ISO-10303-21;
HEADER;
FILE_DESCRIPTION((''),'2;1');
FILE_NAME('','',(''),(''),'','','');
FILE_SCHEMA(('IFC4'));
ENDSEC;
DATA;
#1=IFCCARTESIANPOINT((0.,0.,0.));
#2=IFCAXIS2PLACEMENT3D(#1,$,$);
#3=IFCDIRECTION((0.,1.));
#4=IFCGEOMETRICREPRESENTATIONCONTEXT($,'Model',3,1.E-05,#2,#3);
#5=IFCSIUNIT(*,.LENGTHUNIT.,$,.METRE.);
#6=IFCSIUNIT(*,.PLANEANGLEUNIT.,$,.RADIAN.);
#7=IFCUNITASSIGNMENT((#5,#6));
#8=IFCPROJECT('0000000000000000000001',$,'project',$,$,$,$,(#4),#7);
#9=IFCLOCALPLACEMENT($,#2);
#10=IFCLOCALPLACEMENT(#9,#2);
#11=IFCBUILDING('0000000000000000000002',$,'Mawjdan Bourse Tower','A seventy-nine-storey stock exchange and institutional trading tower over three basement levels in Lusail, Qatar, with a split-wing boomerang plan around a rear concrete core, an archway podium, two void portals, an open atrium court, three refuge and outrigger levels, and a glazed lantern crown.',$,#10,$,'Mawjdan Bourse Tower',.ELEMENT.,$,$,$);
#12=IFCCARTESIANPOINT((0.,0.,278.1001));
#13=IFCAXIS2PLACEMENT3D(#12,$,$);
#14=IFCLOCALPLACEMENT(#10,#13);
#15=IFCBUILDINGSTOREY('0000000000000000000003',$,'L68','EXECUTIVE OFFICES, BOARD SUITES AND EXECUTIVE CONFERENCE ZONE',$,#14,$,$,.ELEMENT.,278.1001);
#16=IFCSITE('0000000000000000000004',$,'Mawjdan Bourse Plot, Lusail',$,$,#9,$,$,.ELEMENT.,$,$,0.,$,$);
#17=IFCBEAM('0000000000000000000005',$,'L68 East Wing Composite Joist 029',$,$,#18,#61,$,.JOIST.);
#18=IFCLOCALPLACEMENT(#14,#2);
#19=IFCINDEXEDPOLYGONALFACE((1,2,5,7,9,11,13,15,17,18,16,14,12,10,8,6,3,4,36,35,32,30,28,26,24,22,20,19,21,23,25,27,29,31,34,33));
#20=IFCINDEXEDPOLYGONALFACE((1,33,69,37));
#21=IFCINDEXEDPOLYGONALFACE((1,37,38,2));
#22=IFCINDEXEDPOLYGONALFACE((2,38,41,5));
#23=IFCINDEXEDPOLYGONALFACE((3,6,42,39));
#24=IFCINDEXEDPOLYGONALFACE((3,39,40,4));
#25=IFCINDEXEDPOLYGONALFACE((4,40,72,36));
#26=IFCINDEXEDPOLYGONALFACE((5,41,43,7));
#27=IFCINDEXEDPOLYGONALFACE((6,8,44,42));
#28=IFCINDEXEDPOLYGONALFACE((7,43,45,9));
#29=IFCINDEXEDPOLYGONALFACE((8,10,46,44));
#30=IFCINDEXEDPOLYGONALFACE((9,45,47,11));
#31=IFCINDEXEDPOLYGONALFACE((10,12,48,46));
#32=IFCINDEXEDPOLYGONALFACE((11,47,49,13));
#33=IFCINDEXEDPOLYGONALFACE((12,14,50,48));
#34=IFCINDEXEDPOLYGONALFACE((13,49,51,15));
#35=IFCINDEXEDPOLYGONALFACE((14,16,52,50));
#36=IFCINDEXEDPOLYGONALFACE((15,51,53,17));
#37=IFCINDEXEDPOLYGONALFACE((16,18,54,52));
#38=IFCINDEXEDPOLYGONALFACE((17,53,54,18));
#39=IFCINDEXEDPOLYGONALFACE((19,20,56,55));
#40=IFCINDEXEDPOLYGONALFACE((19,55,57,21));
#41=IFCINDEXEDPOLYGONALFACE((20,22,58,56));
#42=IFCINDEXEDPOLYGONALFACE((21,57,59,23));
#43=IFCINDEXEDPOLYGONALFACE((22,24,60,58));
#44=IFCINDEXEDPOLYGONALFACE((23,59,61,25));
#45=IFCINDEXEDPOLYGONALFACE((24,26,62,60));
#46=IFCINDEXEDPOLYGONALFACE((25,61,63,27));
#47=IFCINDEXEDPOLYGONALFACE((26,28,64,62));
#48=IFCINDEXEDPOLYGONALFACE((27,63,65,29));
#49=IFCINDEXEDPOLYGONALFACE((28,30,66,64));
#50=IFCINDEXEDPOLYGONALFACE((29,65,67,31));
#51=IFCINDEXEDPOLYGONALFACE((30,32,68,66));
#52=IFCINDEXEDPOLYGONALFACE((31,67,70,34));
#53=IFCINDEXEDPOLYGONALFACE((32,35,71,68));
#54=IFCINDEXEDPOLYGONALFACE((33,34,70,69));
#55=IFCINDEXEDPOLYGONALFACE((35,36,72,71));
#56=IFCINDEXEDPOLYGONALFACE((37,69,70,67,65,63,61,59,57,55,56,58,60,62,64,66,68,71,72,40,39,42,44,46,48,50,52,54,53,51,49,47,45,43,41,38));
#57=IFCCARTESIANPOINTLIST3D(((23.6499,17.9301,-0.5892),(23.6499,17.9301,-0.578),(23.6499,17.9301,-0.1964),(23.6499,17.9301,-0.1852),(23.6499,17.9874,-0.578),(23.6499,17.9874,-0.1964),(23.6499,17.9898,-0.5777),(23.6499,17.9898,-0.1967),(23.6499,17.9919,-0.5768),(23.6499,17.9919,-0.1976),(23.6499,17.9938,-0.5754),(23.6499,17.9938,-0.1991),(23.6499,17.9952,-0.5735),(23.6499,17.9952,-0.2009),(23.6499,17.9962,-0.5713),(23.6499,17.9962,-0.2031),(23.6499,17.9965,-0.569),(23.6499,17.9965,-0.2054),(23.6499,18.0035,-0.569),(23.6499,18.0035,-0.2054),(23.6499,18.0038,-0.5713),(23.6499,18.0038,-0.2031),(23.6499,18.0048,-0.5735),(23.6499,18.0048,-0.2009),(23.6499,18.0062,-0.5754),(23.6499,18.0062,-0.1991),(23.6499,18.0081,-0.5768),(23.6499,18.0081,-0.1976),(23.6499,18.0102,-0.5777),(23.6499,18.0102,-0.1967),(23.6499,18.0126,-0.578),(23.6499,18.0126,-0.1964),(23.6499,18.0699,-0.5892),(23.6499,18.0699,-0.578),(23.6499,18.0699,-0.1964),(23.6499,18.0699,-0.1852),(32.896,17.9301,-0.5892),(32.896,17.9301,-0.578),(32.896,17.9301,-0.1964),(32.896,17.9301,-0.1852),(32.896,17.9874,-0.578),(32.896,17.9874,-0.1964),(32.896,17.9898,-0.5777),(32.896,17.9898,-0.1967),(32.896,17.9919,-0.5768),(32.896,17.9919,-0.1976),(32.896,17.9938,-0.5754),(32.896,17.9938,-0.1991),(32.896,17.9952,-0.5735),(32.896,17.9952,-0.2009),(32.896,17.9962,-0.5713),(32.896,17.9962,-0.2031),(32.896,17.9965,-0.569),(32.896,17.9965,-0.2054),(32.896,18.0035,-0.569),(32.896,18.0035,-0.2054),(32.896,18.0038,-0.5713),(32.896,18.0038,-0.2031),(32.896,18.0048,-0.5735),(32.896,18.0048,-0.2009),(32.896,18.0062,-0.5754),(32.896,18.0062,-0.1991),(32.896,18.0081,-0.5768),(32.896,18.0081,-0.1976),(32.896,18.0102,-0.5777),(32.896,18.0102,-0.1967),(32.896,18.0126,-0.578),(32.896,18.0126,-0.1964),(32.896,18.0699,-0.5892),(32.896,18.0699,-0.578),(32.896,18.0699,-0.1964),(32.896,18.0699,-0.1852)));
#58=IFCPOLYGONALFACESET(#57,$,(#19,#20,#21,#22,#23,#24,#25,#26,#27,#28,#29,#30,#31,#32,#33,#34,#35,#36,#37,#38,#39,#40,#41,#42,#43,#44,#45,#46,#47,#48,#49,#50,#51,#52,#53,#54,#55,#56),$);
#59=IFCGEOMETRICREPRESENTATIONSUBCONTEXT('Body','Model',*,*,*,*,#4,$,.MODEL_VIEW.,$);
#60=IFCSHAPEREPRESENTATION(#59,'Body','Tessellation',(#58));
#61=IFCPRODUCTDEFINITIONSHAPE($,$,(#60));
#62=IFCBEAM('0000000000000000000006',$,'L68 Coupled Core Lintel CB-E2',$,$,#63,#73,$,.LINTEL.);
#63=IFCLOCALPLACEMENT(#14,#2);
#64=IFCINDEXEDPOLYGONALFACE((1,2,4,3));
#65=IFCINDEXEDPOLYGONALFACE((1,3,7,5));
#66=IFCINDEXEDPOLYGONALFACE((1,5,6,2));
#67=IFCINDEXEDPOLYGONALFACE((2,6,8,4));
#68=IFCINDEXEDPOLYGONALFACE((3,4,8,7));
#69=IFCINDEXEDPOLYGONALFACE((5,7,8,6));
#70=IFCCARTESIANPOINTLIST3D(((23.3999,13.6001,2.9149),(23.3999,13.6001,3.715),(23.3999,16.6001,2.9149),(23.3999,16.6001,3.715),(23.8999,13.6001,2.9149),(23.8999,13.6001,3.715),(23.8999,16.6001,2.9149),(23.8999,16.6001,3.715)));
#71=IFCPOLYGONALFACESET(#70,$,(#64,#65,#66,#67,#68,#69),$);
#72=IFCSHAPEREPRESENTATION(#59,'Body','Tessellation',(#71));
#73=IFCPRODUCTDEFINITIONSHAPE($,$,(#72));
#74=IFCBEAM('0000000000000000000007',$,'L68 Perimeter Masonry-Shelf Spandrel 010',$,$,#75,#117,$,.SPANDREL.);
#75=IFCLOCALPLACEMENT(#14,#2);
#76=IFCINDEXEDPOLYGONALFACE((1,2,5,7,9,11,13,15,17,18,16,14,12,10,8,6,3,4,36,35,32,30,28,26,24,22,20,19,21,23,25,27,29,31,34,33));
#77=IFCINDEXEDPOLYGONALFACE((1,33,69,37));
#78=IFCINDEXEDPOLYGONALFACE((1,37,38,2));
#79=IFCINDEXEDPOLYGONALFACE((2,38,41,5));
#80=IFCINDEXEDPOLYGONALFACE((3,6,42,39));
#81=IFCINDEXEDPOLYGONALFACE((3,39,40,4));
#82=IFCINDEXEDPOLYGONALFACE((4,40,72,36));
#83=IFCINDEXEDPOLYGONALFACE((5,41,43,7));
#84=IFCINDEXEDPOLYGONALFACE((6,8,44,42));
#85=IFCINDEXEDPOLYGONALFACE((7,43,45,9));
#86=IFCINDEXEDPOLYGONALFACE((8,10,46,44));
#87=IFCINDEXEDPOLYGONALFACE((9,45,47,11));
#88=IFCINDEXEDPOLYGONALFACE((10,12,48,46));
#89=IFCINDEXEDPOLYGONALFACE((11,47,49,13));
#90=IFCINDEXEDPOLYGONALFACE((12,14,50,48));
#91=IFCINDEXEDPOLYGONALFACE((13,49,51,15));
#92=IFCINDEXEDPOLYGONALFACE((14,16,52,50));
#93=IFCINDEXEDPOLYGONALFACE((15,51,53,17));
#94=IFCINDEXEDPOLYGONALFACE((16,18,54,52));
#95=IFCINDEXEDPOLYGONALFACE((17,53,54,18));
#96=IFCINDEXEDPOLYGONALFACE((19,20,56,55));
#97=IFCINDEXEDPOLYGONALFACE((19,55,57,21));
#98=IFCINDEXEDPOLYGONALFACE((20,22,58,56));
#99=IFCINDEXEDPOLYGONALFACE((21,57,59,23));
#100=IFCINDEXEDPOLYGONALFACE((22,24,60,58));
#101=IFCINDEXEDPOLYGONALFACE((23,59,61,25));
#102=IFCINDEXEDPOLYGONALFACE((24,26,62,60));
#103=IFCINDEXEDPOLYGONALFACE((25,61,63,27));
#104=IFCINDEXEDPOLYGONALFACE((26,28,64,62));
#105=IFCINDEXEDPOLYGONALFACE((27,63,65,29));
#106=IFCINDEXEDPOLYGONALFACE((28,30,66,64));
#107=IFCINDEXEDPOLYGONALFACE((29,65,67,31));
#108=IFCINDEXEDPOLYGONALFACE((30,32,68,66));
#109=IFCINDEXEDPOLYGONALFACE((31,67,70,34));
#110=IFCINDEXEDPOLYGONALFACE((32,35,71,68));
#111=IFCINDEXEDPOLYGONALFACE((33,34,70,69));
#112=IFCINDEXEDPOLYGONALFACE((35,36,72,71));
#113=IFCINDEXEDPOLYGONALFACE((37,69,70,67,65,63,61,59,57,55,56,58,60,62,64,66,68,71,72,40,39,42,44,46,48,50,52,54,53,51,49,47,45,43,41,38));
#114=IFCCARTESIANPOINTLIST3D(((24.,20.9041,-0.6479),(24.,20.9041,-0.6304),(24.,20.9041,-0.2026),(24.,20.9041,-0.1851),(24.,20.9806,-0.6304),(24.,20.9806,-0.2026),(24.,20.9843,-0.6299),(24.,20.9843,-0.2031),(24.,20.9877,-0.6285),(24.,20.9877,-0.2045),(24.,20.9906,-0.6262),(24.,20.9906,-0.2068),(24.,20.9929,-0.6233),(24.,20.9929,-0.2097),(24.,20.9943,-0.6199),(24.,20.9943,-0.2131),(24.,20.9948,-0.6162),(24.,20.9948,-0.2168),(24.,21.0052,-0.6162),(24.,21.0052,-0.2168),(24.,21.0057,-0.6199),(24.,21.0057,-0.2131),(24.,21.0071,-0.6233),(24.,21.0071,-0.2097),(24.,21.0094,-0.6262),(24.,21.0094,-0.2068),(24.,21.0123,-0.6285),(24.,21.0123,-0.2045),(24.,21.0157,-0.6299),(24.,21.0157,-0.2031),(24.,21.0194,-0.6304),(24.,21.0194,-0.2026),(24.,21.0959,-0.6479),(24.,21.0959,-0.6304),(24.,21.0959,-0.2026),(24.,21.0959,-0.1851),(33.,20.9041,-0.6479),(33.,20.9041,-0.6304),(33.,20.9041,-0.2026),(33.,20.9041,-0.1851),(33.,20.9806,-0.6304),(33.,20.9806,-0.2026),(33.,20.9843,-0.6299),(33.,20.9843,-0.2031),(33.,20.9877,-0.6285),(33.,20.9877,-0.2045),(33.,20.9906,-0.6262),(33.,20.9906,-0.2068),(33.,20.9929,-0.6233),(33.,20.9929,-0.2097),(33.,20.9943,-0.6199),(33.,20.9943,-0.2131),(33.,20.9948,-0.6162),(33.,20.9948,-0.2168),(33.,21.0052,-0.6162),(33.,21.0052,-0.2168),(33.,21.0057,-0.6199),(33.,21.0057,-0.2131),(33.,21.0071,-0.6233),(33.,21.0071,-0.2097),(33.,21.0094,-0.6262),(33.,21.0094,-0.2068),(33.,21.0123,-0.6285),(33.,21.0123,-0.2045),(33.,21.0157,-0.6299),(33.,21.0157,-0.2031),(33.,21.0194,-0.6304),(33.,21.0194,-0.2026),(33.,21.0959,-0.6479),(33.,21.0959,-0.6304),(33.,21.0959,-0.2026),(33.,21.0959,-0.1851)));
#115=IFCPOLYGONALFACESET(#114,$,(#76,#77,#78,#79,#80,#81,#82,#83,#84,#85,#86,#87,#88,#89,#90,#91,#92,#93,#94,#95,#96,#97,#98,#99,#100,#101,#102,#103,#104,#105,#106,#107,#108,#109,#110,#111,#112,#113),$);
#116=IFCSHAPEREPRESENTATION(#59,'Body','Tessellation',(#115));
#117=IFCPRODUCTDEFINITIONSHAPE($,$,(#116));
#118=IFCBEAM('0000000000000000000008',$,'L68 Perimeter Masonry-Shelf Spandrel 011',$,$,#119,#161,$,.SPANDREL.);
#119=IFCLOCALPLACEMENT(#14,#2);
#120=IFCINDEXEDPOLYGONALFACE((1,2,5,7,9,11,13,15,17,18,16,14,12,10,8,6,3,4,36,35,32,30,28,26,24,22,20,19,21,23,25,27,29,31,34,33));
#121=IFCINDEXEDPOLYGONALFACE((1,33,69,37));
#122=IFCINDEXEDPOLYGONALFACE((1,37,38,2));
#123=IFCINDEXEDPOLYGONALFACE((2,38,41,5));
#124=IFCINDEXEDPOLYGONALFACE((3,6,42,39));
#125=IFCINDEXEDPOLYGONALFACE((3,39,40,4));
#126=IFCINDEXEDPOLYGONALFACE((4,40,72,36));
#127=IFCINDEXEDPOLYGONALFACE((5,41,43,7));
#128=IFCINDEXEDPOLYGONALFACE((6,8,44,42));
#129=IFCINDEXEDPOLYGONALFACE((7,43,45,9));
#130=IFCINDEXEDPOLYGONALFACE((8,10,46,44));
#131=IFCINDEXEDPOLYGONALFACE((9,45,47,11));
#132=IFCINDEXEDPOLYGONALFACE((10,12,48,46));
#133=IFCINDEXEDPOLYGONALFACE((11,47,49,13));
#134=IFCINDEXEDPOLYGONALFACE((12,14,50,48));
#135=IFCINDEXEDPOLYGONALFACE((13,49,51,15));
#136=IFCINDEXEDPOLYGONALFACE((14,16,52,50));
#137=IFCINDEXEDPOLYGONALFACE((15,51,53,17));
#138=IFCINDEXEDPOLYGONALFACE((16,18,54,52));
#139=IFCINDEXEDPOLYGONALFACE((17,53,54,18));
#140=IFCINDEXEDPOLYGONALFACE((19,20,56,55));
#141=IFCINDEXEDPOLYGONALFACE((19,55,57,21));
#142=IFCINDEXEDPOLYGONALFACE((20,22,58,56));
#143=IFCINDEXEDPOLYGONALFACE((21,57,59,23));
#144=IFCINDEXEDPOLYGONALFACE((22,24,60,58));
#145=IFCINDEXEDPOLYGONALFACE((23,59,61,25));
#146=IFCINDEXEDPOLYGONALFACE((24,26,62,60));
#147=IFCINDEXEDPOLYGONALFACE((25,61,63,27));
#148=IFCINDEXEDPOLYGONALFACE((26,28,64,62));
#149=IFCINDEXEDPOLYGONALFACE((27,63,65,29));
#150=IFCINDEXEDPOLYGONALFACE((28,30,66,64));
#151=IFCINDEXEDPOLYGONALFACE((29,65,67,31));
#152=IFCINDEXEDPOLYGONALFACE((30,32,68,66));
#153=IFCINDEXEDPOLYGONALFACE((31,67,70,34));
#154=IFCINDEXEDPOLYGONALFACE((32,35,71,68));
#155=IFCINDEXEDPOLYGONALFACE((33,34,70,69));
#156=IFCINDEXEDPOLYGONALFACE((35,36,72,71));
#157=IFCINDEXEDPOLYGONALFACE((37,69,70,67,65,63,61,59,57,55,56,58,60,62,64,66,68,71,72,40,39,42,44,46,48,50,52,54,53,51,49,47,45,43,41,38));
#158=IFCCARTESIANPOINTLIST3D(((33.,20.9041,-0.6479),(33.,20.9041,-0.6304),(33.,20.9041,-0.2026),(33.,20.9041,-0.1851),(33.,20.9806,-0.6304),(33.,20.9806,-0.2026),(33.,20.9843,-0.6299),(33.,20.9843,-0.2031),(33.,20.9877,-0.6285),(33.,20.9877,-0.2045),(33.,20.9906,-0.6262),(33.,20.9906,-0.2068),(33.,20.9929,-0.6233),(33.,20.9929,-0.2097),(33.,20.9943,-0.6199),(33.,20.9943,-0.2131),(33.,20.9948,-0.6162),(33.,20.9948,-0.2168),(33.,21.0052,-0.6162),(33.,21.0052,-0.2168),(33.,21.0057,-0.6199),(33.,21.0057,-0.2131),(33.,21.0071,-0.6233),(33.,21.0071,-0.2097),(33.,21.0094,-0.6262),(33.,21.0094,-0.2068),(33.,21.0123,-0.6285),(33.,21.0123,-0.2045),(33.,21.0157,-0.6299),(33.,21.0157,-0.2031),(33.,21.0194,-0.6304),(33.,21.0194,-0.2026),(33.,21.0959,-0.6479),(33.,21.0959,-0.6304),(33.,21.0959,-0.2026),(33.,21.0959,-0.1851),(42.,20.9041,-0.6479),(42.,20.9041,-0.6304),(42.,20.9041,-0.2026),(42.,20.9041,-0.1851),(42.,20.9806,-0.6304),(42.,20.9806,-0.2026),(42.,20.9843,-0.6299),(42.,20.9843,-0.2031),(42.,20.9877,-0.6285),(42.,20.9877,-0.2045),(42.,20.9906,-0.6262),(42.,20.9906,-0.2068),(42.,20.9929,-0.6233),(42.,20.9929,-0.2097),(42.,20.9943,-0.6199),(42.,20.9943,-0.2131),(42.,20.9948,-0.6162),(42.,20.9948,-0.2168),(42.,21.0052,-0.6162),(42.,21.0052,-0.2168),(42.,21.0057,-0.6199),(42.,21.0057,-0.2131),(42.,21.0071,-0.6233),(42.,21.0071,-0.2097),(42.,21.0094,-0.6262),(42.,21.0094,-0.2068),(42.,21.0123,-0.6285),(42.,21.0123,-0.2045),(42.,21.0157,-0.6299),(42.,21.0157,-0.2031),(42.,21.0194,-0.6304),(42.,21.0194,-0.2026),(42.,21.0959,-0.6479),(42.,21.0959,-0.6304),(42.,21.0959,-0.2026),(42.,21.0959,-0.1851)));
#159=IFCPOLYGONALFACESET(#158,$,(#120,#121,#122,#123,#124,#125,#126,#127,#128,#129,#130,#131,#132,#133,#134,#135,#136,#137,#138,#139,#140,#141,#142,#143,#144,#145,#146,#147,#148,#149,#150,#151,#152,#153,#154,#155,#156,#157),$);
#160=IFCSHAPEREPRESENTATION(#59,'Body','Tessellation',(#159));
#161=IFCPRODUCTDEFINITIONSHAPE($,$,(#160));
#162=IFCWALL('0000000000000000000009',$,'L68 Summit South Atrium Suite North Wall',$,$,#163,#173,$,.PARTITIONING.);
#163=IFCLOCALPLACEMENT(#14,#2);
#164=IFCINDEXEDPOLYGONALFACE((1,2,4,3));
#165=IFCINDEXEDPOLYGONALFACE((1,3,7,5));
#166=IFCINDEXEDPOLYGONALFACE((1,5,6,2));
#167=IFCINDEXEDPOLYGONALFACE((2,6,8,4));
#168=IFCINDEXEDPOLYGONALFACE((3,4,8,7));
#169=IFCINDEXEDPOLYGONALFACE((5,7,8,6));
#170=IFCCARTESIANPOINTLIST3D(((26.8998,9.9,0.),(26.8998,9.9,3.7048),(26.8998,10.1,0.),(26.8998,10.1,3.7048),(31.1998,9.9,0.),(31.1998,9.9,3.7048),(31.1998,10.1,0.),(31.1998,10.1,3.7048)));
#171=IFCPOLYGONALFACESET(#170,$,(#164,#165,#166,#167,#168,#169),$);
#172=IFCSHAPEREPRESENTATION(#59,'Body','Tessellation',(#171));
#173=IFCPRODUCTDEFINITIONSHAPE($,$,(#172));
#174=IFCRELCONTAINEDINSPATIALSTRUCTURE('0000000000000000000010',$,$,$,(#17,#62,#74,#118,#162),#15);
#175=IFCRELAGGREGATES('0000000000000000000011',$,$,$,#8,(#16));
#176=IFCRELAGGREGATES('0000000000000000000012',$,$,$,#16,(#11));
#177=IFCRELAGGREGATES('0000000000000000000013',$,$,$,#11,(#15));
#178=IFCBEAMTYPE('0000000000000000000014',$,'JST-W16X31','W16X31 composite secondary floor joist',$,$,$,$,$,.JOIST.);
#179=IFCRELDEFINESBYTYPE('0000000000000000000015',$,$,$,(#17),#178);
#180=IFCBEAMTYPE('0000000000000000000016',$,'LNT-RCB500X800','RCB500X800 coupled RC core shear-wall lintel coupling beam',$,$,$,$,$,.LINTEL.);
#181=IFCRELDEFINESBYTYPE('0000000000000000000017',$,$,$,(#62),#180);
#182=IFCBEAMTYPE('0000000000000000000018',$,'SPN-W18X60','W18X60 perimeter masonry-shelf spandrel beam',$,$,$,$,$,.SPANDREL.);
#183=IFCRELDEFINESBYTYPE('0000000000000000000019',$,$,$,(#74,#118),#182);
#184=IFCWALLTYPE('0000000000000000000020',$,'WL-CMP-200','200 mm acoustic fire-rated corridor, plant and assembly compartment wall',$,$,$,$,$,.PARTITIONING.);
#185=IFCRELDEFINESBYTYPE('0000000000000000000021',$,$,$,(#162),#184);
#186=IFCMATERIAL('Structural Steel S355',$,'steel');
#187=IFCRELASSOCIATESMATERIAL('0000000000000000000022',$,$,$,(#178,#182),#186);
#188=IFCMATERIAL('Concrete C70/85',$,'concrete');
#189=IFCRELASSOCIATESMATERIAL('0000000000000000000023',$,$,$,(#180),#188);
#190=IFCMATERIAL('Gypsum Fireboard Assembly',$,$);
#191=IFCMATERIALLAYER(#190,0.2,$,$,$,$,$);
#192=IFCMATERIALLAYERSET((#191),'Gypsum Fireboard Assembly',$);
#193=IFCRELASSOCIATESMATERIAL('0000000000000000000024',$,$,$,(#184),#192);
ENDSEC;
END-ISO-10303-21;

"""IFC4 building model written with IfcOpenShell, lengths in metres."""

from ifc_helpers import new_model, si_unit, direction, frame, frame_2d, origin, origin_2d, place, context, subcontext, project, spatial, rectangle, i_section, extrude, material, layer, layer_set, material_profile, profile_set, type_object, element, save


model = new_model("IFC4")

# Units and contexts
model_context = context("Model", 3, precision=1e-05, world=origin(), true_north=direction((0.0, 1.0)))
body_context = subcontext(model_context, "Body", "Model", "MODEL_VIEW")
ifc_project = project(units=[si_unit("LENGTHUNIT", "METRE"), si_unit("PLANEANGLEUNIT", "RADIAN")], contexts=[model_context])

# Site, building, storey
site_placement = place(None, origin())
site = spatial("IfcSite", under=ifc_project, at=site_placement, Name="Mawjdan Bourse Plot, Lusail", CompositionType="ELEMENT", RefElevation=0.0)
building_placement = place(site_placement, origin())
building = spatial("IfcBuilding", under=site, at=building_placement, Name="Mawjdan Bourse Tower", Description="A seventy-nine-storey stock exchange and institutional trading tower over three basement levels in Lusail, Qatar, with a split-wing boomerang plan around a rear concrete core, an archway podium, two void portals, an open atrium court, three refuge and outrigger levels, and a glazed lantern crown.", LongName="Mawjdan Bourse Tower", CompositionType="ELEMENT")
storey_placement = place(building_placement, frame((0.0, 0.0, 278.1001)))
storey = spatial("IfcBuildingStorey", under=building, at=storey_placement, Name="L68", Description="EXECUTIVE OFFICES, BOARD SUITES AND EXECUTIVE CONFERENCE ZONE", CompositionType="ELEMENT", Elevation=278.1001)

# Beams
ifc_material_1 = material(Name="Structural Steel S355", Category="steel")
ifc_material_profile_1 = material_profile(ifc_material_1, i_section(OverallWidth=0.1399, OverallDepth=0.4041, WebThickness=0.0071, FlangeThickness=0.0112, FilletRadius=0.009, at=origin_2d()), Name="W16X31")
ifc_profile_set_1 = profile_set([ifc_material_profile_1], Name="Structural Steel S355")
beam_type_1 = type_object("IfcBeamType", Name="JST-W16X31", Description="W16X31 composite secondary floor joist", PredefinedType="JOIST", material=ifc_profile_set_1)
for number, where, z_axis, x_axis, name in (
    (1, (23.6499, 18.0, -0.3872), (1.0, 0.0, 0.0), (0.0, 1.0, 0.0), "L68 East Wing Composite Joist 029"),
):
    element("IfcBeam", number, at=place(storey_placement, frame(where, z_axis=z_axis, x_axis=x_axis)), inside=storey, type_object=beam_type_1, Name=name, PredefinedType="JOIST", context=body_context, shape_type="SweptSolid", body=[
        extrude(i_section(OverallWidth=0.1399, OverallDepth=0.4041, WebThickness=0.0071, FlangeThickness=0.0112, FilletRadius=0.009, at=origin_2d()), origin(), (0.0, 0.0, 1.0), 9.2461),
    ])
ifc_material_2 = material(Name="Concrete C70/85", Category="concrete")
ifc_material_profile_2 = material_profile(ifc_material_2, rectangle(XDim=0.5, YDim=0.8, at=origin_2d()), Name="RCB500X800")
ifc_profile_set_2 = profile_set([ifc_material_profile_2], Name="Concrete C70/85")
beam_type_2 = type_object("IfcBeamType", Name="LNT-RCB500X800", Description="RCB500X800 coupled RC core shear-wall lintel coupling beam", PredefinedType="LINTEL", material=ifc_profile_set_2)
beam_placement = place(storey_placement, frame((23.6499, 13.6001, 3.3149), z_axis=(0.0, 1.0, 0.0), x_axis=(-1.0, 0.0, 0.0)))
element("IfcBeam", 2, at=beam_placement, inside=storey, type_object=beam_type_2, Name="L68 Coupled Core Lintel CB-E2", PredefinedType="LINTEL", context=body_context, shape_type="SweptSolid", body=[
    extrude(rectangle(XDim=0.5, YDim=0.8, at=origin_2d()), origin(), (0.0, 0.0, 1.0), 3.0),
])
ifc_material_profile_3 = material_profile(ifc_material_1, i_section(OverallWidth=0.1919, OverallDepth=0.4629, WebThickness=0.0105, FlangeThickness=0.0176, FilletRadius=0.0142, at=origin_2d()), Name="W18X60")
ifc_profile_set_3 = profile_set([ifc_material_profile_3], Name="Structural Steel S355")
beam_type_3 = type_object("IfcBeamType", Name="SPN-W18X60", Description="W18X60 perimeter masonry-shelf spandrel beam", PredefinedType="SPANDREL", material=ifc_profile_set_3)
for number, where, z_axis, x_axis, name in (
    (3, (24.0, 21.0, -0.4165), (1.0, 0.0, 0.0), (0.0, 1.0, 0.0), "L68 Perimeter Masonry-Shelf Spandrel 010"),
    (4, (33.0, 21.0, -0.4165), (1.0, 0.0, 0.0), (0.0, 1.0, 0.0), "L68 Perimeter Masonry-Shelf Spandrel 011"),
):
    element("IfcBeam", number, at=place(storey_placement, frame(where, z_axis=z_axis, x_axis=x_axis)), inside=storey, type_object=beam_type_3, Name=name, PredefinedType="SPANDREL", context=body_context, shape_type="SweptSolid", body=[
        extrude(i_section(OverallWidth=0.1919, OverallDepth=0.4629, WebThickness=0.0105, FlangeThickness=0.0176, FilletRadius=0.0142, at=origin_2d()), origin(), (0.0, 0.0, 1.0), 9.0),
    ])

# Wall
ifc_material_3 = material(Name="Gypsum Fireboard Assembly")
ifc_layer_1 = layer(ifc_material_3, 0.2)
ifc_layer_set_1 = layer_set([ifc_layer_1], Name="Gypsum Fireboard Assembly")
wall_type_1 = type_object("IfcWallType", Name="WL-CMP-200", Description="200 mm acoustic fire-rated corridor, plant and assembly compartment wall", PredefinedType="PARTITIONING", material=ifc_layer_set_1)
wall_1_placement = place(storey_placement, frame((26.8999, 10.0, 0.0), z_axis=(0.0, 0.0, 1.0), x_axis=(1.0, 0.0, 0.0)))
element("IfcWall", 5, at=wall_1_placement, inside=storey, type_object=wall_type_1, Name="L68 Summit South Atrium Suite North Wall", PredefinedType="PARTITIONING", context=body_context, shape_type="SweptSolid", body=[
    extrude(rectangle(XDim=4.3, YDim=0.2, at=frame_2d((2.1499, 0.0))), origin(), (0.0, 0.0, 1.0), 3.7048),
])

save(model, "model.ifc")
